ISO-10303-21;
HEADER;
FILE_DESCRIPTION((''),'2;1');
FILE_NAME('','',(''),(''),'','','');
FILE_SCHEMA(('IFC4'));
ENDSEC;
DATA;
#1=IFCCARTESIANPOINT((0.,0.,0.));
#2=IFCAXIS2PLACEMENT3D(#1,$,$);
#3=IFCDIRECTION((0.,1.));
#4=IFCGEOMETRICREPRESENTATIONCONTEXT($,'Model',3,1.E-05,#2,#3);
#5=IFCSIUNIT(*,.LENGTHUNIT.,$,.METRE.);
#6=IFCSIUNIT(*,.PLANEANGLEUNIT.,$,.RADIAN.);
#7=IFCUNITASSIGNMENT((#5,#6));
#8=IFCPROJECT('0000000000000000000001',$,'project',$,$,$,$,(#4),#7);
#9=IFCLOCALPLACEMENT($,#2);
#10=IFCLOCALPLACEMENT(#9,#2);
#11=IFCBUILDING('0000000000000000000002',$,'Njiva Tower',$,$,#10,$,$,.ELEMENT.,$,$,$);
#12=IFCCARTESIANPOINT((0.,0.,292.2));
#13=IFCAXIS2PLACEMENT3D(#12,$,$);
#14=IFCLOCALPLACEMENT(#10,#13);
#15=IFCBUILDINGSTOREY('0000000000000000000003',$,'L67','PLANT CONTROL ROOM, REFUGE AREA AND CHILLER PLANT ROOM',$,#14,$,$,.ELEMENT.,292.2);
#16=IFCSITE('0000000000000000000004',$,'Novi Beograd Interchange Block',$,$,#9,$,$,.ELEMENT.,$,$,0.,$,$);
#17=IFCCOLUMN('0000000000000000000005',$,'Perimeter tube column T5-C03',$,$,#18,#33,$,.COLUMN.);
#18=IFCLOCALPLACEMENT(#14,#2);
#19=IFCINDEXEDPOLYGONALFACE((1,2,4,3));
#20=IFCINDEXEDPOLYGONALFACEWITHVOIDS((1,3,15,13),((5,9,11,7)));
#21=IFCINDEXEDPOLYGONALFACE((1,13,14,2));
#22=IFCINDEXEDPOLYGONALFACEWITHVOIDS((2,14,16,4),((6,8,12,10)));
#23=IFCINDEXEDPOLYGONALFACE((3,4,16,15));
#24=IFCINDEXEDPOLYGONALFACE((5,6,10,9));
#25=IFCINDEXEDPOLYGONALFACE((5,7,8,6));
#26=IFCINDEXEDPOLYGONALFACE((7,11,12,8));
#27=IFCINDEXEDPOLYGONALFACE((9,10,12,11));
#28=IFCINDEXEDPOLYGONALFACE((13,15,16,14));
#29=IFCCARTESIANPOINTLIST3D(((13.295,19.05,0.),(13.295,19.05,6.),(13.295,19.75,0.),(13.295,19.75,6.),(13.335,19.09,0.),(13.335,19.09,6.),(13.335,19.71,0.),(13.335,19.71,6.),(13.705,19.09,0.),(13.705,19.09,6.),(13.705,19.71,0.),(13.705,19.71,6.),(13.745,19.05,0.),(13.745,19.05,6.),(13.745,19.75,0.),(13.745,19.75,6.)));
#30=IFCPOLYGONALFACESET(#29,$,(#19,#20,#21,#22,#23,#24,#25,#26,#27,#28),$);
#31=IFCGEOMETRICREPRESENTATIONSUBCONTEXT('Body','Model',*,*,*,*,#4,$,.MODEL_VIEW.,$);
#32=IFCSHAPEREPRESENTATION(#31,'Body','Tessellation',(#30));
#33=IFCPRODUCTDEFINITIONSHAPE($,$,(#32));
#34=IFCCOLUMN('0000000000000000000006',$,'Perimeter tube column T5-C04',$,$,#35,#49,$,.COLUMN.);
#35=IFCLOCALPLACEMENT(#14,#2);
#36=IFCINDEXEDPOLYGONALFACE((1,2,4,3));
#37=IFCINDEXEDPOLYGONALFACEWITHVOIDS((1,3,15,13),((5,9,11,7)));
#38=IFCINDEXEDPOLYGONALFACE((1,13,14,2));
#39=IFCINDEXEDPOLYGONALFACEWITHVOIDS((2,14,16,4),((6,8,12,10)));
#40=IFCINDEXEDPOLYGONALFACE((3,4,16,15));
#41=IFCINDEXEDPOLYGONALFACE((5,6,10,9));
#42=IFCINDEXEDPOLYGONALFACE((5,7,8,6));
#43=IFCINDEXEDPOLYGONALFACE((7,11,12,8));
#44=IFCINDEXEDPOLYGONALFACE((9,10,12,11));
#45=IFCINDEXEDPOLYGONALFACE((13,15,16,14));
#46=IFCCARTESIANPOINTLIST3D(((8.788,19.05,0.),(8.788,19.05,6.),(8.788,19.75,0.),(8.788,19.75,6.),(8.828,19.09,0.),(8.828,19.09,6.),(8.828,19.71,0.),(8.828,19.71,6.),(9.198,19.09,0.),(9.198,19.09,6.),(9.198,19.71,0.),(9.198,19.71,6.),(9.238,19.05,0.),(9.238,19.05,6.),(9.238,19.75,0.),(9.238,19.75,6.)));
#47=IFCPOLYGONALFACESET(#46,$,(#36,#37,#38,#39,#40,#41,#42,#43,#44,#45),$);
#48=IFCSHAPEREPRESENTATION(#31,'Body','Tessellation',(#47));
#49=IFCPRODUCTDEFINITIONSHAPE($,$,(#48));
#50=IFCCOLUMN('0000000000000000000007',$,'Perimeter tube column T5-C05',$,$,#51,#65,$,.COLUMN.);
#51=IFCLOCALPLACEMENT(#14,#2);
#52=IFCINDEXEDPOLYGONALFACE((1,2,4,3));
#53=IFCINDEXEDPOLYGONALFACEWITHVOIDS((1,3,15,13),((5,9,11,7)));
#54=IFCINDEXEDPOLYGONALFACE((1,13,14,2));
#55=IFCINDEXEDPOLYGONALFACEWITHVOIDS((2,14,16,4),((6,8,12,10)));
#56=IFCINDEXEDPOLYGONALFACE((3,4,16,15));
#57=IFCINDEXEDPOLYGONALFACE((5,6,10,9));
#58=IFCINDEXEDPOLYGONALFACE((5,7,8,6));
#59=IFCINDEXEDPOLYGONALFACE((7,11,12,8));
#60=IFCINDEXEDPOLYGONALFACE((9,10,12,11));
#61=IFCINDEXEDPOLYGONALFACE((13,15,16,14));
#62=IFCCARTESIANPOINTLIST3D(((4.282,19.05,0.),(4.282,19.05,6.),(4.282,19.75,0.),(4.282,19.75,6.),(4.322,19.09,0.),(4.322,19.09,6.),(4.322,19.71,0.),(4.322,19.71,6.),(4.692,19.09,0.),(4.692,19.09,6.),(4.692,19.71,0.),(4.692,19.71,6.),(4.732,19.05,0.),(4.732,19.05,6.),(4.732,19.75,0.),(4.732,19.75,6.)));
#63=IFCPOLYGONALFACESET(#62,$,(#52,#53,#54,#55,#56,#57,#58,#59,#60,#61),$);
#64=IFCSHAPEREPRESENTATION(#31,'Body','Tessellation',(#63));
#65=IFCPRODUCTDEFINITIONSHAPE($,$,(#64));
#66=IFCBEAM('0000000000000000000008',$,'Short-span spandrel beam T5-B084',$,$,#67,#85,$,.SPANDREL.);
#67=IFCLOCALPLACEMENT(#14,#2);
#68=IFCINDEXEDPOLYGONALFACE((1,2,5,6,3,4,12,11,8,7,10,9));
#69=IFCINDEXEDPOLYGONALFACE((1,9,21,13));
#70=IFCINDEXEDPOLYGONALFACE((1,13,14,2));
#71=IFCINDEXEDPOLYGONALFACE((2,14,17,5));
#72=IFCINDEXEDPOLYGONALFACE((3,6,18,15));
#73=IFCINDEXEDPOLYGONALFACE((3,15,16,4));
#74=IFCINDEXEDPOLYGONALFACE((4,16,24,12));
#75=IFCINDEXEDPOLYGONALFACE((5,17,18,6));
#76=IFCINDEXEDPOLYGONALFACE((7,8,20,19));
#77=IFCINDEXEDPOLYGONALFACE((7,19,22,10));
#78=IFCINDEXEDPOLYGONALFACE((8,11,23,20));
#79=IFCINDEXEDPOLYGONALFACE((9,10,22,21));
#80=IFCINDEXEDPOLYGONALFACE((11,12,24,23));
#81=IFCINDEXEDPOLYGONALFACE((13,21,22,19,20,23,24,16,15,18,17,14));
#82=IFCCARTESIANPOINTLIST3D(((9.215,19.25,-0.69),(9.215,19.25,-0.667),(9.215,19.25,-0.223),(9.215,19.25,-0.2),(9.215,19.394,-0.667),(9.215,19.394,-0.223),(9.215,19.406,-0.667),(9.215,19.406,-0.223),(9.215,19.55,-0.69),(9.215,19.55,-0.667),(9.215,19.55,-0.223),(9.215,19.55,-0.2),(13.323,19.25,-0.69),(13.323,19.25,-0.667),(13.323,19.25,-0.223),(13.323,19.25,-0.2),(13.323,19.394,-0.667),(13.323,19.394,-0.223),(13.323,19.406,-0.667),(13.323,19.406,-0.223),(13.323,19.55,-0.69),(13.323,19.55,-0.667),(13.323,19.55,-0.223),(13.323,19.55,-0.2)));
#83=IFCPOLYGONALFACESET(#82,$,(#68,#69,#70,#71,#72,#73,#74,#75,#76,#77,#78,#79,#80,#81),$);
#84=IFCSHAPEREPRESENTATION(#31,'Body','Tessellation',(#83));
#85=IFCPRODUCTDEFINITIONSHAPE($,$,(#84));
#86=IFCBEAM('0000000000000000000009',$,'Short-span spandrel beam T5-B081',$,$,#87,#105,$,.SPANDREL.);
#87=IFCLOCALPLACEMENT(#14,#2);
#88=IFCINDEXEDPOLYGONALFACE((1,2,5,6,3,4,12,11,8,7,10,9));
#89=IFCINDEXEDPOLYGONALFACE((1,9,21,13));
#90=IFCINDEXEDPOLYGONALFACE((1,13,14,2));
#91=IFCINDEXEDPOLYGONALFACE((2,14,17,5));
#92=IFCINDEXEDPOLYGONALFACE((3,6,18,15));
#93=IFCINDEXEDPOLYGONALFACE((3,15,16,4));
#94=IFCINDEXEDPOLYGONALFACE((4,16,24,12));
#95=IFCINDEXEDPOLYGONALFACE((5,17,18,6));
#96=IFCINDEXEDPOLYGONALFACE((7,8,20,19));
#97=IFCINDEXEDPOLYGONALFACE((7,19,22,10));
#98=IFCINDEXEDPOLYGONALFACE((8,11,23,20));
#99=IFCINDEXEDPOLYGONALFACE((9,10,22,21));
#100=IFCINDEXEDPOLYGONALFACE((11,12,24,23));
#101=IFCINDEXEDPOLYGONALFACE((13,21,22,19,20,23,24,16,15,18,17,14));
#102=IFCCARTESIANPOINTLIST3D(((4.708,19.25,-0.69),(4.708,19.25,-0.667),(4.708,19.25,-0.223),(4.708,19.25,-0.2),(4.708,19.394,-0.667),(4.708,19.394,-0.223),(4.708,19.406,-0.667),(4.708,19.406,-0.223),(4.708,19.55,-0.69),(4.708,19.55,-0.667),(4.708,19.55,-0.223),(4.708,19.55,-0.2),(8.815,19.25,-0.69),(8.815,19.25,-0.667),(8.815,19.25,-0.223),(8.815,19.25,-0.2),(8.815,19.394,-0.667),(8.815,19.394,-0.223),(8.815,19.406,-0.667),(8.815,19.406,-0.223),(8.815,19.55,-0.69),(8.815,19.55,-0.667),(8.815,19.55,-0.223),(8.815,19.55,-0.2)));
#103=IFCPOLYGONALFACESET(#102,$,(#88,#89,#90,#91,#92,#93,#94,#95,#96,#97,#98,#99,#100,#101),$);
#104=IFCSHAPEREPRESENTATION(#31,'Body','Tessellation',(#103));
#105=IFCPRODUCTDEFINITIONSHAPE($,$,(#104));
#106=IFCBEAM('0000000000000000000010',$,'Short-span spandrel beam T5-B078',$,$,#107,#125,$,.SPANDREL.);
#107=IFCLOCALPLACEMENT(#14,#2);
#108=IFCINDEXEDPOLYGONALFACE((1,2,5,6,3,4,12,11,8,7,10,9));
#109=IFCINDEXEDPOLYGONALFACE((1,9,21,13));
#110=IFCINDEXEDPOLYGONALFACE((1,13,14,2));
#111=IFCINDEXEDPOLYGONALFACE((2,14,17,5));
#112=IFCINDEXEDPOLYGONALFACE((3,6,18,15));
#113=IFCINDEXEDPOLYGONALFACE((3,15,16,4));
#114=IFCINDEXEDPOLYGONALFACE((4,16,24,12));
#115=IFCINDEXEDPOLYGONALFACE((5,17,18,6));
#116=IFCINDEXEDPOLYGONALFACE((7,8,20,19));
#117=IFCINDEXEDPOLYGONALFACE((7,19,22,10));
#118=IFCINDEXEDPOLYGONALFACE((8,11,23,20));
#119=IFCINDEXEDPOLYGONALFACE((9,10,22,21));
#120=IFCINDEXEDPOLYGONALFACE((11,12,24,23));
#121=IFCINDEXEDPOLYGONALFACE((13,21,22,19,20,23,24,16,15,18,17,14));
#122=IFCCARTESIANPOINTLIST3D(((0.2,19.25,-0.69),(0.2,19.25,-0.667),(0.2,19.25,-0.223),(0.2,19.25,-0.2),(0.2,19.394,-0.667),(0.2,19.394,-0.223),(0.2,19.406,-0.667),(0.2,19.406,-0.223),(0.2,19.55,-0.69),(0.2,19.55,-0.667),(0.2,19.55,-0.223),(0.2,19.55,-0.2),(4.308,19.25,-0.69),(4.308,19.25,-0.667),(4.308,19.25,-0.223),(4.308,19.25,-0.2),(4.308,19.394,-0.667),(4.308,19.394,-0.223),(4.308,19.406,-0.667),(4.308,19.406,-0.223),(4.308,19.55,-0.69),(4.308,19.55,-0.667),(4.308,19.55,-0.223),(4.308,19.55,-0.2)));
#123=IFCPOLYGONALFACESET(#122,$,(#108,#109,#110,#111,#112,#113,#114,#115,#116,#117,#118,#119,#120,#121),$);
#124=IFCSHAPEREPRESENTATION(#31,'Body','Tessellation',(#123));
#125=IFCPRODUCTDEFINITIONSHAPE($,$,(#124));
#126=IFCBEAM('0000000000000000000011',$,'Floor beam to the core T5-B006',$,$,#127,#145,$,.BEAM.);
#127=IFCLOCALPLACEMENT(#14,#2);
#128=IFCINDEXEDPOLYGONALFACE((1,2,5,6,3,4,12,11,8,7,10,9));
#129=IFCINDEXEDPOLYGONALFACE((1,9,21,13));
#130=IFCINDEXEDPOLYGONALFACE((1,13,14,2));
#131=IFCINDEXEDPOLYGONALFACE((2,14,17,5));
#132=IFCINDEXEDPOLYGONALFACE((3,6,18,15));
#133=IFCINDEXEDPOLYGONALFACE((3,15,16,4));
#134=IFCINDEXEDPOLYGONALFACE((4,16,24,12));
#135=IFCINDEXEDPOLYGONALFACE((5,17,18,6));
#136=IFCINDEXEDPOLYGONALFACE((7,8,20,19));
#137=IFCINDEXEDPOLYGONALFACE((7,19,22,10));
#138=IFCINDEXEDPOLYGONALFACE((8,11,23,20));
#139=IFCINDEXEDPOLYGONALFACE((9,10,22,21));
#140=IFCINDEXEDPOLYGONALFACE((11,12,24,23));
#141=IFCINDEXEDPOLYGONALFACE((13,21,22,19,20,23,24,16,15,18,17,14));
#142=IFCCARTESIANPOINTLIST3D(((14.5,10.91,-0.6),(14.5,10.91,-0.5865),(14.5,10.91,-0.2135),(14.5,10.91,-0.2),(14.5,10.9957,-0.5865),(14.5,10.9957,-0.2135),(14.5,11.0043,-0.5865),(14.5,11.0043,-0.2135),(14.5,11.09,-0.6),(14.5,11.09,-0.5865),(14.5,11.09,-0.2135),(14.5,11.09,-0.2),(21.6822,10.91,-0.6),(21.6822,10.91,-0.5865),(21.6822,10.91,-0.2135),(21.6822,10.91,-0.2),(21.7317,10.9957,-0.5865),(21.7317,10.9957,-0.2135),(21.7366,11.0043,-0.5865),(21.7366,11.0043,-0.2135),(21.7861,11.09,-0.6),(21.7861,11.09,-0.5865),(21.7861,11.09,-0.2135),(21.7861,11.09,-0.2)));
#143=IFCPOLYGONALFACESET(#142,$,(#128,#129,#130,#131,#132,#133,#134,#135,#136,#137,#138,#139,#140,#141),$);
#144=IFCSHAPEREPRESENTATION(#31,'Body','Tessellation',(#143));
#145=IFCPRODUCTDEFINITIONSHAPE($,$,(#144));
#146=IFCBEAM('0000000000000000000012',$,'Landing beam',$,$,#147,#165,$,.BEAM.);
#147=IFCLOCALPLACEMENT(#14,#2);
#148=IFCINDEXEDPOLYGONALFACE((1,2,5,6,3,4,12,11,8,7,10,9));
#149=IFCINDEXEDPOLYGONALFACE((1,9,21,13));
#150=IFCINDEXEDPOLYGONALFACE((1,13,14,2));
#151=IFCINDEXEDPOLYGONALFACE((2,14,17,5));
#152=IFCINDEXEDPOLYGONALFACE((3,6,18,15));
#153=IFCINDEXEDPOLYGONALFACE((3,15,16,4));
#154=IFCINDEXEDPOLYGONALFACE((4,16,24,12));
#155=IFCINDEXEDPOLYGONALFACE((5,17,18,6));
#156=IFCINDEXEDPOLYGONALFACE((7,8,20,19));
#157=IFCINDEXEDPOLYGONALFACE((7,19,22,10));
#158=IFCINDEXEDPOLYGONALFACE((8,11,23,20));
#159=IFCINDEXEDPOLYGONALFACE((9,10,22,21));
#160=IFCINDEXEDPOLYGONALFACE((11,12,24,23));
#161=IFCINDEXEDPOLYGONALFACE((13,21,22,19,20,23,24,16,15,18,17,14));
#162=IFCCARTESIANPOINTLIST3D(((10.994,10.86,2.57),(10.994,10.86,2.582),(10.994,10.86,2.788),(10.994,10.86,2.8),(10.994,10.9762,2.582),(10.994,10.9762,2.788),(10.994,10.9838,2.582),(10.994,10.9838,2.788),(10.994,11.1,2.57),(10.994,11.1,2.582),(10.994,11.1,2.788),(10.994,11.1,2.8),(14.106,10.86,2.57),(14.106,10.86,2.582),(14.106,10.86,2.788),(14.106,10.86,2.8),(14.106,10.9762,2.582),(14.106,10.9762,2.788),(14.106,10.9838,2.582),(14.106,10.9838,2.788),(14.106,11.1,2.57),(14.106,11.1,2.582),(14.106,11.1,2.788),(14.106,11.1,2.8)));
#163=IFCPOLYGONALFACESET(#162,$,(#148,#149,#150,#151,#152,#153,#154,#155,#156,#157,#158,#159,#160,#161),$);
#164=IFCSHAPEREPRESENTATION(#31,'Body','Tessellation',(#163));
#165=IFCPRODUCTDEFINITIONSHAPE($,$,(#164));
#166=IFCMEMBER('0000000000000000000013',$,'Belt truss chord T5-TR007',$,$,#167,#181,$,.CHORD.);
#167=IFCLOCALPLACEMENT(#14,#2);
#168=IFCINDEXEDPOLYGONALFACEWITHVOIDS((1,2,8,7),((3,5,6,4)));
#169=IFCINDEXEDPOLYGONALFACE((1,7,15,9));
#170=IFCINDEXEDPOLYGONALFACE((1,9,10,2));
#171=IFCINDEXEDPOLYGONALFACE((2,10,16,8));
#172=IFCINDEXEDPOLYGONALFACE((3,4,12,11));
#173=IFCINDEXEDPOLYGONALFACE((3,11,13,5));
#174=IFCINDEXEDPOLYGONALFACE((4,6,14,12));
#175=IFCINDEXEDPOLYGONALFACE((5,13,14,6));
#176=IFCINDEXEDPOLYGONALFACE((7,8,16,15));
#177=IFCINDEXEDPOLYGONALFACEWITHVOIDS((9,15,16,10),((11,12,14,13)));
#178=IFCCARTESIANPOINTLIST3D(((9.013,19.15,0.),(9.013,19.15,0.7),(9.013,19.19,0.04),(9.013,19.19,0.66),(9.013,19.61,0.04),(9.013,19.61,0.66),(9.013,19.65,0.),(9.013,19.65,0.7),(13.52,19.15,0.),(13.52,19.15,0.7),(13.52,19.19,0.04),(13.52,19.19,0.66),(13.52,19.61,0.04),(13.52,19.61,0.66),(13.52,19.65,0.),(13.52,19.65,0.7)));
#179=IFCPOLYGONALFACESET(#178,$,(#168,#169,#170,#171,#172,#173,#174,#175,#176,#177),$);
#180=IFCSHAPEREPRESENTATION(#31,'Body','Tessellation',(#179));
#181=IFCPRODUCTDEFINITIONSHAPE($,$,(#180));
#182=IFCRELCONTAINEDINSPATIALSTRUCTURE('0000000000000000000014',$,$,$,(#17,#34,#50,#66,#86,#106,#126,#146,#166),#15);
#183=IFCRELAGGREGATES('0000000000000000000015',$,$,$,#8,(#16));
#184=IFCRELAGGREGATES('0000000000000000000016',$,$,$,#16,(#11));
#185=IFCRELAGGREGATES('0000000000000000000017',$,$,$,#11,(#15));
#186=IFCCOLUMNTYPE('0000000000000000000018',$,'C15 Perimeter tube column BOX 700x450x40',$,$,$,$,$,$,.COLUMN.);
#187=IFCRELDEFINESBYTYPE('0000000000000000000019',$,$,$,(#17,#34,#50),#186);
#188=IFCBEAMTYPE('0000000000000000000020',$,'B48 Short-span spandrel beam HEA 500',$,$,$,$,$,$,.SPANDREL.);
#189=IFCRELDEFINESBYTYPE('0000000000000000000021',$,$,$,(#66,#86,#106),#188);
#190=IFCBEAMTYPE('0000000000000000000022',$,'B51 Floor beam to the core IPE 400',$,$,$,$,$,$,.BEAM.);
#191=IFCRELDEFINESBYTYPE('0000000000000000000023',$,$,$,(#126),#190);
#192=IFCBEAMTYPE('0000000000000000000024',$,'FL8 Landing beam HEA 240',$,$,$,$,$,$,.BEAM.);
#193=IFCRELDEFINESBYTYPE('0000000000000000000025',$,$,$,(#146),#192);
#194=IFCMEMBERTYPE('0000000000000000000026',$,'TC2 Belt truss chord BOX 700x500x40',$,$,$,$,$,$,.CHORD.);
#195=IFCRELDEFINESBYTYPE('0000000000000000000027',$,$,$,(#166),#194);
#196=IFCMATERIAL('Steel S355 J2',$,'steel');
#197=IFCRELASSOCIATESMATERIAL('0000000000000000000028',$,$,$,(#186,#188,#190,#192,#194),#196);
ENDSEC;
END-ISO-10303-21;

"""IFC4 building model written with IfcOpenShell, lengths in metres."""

from ifc_helpers import new_model, si_unit, direction, frame, origin, origin_2d, place, context, subcontext, project, spatial, hollow_rectangle, i_section, extrude, clip, halfspace, material, material_profile, profile_set, type_object, element, save


model = new_model("IFC4")

# Units and contexts
model_context = context("Model", 3, precision=1e-05, world=origin(), true_north=direction((0.0, 1.0)))
body_context = subcontext(model_context, "Body", "Model", "MODEL_VIEW")
ifc_project = project(units=[si_unit("LENGTHUNIT", "METRE"), si_unit("PLANEANGLEUNIT", "RADIAN")], contexts=[model_context])

# Site, building, storey
site_placement = place(None, origin())
site = spatial("IfcSite", under=ifc_project, at=site_placement, Name="Novi Beograd Interchange Block", CompositionType="ELEMENT", RefElevation=0.0)
building_placement = place(site_placement, origin())
building = spatial("IfcBuilding", under=site, at=building_placement, Name="Njiva Tower", CompositionType="ELEMENT")
storey_placement = place(building_placement, frame((0.0, 0.0, 292.2)))
storey = spatial("IfcBuildingStorey", under=building, at=storey_placement, Name="L67", Description="PLANT CONTROL ROOM, REFUGE AREA AND CHILLER PLANT ROOM", CompositionType="ELEMENT", Elevation=292.2)

# Columns
ifc_material_1 = material(Name="Steel S355 J2", Category="steel")
ifc_material_profile_1 = material_profile(ifc_material_1, hollow_rectangle(XDim=0.45, YDim=0.7, WallThickness=0.04, at=origin_2d()), Name="BOX 700x450x40")
ifc_profile_set_1 = profile_set([ifc_material_profile_1], Name="Steel S355 J2")
column_type = type_object("IfcColumnType", Name="C15 Perimeter tube column BOX 700x450x40", PredefinedType="COLUMN", material=ifc_profile_set_1)
for number, where, z_axis, x_axis, name in (
    (1, (13.52, 19.4, 0.0), (0.0, 0.0, 1.0), (-1.0, 0.0, 0.0), "Perimeter tube column T5-C03"),
    (2, (9.013, 19.4, 0.0), (0.0, 0.0, 1.0), (-1.0, 0.0, 0.0), "Perimeter tube column T5-C04"),
    (3, (4.507, 19.4, 0.0), (0.0, 0.0, 1.0), (-1.0, 0.0, 0.0), "Perimeter tube column T5-C05"),
):
    element("IfcColumn", number, at=place(storey_placement, frame(where, z_axis=z_axis, x_axis=x_axis)), inside=storey, type_object=column_type, Name=name, PredefinedType="COLUMN", context=body_context, shape_type="SweptSolid", body=[
        extrude(hollow_rectangle(XDim=0.45, YDim=0.7, WallThickness=0.04, at=origin_2d()), origin(), (0.0, 0.0, 1.0), 6.0),
    ])

# Beams
ifc_material_profile_2 = material_profile(ifc_material_1, i_section(OverallWidth=0.3, OverallDepth=0.49, WebThickness=0.012, FlangeThickness=0.023, at=origin_2d()), Name="HEA 500")
ifc_profile_set_2 = profile_set([ifc_material_profile_2], Name="Steel S355 J2")
beam_type_1 = type_object("IfcBeamType", Name="B48 Short-span spandrel beam HEA 500", PredefinedType="SPANDREL", material=ifc_profile_set_2)
beam_1_placement = place(storey_placement, frame((13.323, 19.4, -0.445), z_axis=(-1.0, 0.0, 0.0), x_axis=(0.0, -1.0, 0.0)))
element("IfcBeam", 4, at=beam_1_placement, inside=storey, type_object=beam_type_1, Name="Short-span spandrel beam T5-B084", PredefinedType="SPANDREL", context=body_context, shape_type="SweptSolid", body=[
    extrude(i_section(OverallWidth=0.3, OverallDepth=0.49, WebThickness=0.012, FlangeThickness=0.023, at=origin_2d()), origin(), (0.0, 0.0, 1.0), 4.108),
])
beam_2_placement = place(storey_placement, frame((8.815, 19.4, -0.445), z_axis=(-1.0, 0.0, 0.0), x_axis=(0.0, -1.0, 0.0)))
element("IfcBeam", 5, at=beam_2_placement, inside=storey, type_object=beam_type_1, Name="Short-span spandrel beam T5-B081", PredefinedType="SPANDREL", context=body_context, shape_type="SweptSolid", body=[
    extrude(i_section(OverallWidth=0.3, OverallDepth=0.49, WebThickness=0.012, FlangeThickness=0.023, at=origin_2d()), origin(), (0.0, 0.0, 1.0), 4.107),
])
beam_3_placement = place(storey_placement, frame((4.308, 19.4, -0.445), z_axis=(-1.0, 0.0, 0.0), x_axis=(0.0, -1.0, 0.0)))
element("IfcBeam", 6, at=beam_3_placement, inside=storey, type_object=beam_type_1, Name="Short-span spandrel beam T5-B078", PredefinedType="SPANDREL", context=body_context, shape_type="SweptSolid", body=[
    extrude(i_section(OverallWidth=0.3, OverallDepth=0.49, WebThickness=0.012, FlangeThickness=0.023, at=origin_2d()), origin(), (0.0, 0.0, 1.0), 4.108),
])
ifc_material_profile_3 = material_profile(ifc_material_1, i_section(OverallWidth=0.18, OverallDepth=0.4, WebThickness=0.0086, FlangeThickness=0.0135, at=origin_2d()), Name="IPE 400")
ifc_profile_set_3 = profile_set([ifc_material_profile_3], Name="Steel S355 J2")
beam_type_2 = type_object("IfcBeamType", Name="B51 Floor beam to the core IPE 400", PredefinedType="BEAM", material=ifc_profile_set_3)
beam_4_placement = place(storey_placement, frame((14.5, 11.0, -0.4), z_axis=(1.0, 0.0, 0.0), x_axis=(0.0, 1.0, 0.0)))
element("IfcBeam", 7, at=beam_4_placement, inside=storey, type_object=beam_type_2, Name="Floor beam to the core T5-B006", PredefinedType="BEAM", context=body_context, shape_type="Clipping", body=[
    clip(extrude(i_section(OverallWidth=0.18, OverallDepth=0.4, WebThickness=0.0086, FlangeThickness=0.0135, at=origin_2d()), origin(), (0.0, 0.0, 1.0), 7.306), halfspace(frame((-0.025, 0.0, 7.2197), z_axis=(-0.499998, 0.0, 0.866027), x_axis=(0.0, 1.0, 0.0)), False)),
])
ifc_material_profile_4 = material_profile(ifc_material_1, i_section(OverallWidth=0.24, OverallDepth=0.23, WebThickness=0.0075, FlangeThickness=0.012, at=origin_2d()), Name="HEA240")
ifc_profile_set_4 = profile_set([ifc_material_profile_4], Name="Steel S355 J2")
beam_type_3 = type_object("IfcBeamType", Name="FL8 Landing beam HEA 240", PredefinedType="BEAM", material=ifc_profile_set_4)
beam_5_placement = place(storey_placement, frame((10.994, 10.98, 2.685), z_axis=(1.0, 0.0, 0.0), x_axis=(0.0, 1.0, 0.0)))
element("IfcBeam", 8, at=beam_5_placement, inside=storey, type_object=beam_type_3, Name="Landing beam", PredefinedType="BEAM", context=body_context, shape_type="SweptSolid", body=[
    extrude(i_section(OverallWidth=0.24, OverallDepth=0.23, WebThickness=0.0075, FlangeThickness=0.012, at=origin_2d()), origin(), (0.0, 0.0, 1.0), 3.112),
])

# Member
ifc_material_profile_5 = material_profile(ifc_material_1, hollow_rectangle(XDim=0.5, YDim=0.7, WallThickness=0.04, at=origin_2d()), Name="BOX 700x500x40")
ifc_profile_set_5 = profile_set([ifc_material_profile_5], Name="Steel S355 J2")
member_type_1 = type_object("IfcMemberType", Name="TC2 Belt truss chord BOX 700x500x40", PredefinedType="CHORD", material=ifc_profile_set_5)
for number, where, z_axis, x_axis, name in (
    (9, (13.52, 19.4, 0.35), (-1.0, 0.0, 0.0), (0.0, -1.0, 0.0), "Belt truss chord T5-TR007"),
):
    element("IfcMember", number, at=place(storey_placement, frame(where, z_axis=z_axis, x_axis=x_axis)), inside=storey, type_object=member_type_1, Name=name, PredefinedType="CHORD", context=body_context, shape_type="SweptSolid", body=[
        extrude(hollow_rectangle(XDim=0.5, YDim=0.7, WallThickness=0.04, at=origin_2d()), origin(), (0.0, 0.0, 1.0), 4.507),
    ])

save(model, "model.ifc")
